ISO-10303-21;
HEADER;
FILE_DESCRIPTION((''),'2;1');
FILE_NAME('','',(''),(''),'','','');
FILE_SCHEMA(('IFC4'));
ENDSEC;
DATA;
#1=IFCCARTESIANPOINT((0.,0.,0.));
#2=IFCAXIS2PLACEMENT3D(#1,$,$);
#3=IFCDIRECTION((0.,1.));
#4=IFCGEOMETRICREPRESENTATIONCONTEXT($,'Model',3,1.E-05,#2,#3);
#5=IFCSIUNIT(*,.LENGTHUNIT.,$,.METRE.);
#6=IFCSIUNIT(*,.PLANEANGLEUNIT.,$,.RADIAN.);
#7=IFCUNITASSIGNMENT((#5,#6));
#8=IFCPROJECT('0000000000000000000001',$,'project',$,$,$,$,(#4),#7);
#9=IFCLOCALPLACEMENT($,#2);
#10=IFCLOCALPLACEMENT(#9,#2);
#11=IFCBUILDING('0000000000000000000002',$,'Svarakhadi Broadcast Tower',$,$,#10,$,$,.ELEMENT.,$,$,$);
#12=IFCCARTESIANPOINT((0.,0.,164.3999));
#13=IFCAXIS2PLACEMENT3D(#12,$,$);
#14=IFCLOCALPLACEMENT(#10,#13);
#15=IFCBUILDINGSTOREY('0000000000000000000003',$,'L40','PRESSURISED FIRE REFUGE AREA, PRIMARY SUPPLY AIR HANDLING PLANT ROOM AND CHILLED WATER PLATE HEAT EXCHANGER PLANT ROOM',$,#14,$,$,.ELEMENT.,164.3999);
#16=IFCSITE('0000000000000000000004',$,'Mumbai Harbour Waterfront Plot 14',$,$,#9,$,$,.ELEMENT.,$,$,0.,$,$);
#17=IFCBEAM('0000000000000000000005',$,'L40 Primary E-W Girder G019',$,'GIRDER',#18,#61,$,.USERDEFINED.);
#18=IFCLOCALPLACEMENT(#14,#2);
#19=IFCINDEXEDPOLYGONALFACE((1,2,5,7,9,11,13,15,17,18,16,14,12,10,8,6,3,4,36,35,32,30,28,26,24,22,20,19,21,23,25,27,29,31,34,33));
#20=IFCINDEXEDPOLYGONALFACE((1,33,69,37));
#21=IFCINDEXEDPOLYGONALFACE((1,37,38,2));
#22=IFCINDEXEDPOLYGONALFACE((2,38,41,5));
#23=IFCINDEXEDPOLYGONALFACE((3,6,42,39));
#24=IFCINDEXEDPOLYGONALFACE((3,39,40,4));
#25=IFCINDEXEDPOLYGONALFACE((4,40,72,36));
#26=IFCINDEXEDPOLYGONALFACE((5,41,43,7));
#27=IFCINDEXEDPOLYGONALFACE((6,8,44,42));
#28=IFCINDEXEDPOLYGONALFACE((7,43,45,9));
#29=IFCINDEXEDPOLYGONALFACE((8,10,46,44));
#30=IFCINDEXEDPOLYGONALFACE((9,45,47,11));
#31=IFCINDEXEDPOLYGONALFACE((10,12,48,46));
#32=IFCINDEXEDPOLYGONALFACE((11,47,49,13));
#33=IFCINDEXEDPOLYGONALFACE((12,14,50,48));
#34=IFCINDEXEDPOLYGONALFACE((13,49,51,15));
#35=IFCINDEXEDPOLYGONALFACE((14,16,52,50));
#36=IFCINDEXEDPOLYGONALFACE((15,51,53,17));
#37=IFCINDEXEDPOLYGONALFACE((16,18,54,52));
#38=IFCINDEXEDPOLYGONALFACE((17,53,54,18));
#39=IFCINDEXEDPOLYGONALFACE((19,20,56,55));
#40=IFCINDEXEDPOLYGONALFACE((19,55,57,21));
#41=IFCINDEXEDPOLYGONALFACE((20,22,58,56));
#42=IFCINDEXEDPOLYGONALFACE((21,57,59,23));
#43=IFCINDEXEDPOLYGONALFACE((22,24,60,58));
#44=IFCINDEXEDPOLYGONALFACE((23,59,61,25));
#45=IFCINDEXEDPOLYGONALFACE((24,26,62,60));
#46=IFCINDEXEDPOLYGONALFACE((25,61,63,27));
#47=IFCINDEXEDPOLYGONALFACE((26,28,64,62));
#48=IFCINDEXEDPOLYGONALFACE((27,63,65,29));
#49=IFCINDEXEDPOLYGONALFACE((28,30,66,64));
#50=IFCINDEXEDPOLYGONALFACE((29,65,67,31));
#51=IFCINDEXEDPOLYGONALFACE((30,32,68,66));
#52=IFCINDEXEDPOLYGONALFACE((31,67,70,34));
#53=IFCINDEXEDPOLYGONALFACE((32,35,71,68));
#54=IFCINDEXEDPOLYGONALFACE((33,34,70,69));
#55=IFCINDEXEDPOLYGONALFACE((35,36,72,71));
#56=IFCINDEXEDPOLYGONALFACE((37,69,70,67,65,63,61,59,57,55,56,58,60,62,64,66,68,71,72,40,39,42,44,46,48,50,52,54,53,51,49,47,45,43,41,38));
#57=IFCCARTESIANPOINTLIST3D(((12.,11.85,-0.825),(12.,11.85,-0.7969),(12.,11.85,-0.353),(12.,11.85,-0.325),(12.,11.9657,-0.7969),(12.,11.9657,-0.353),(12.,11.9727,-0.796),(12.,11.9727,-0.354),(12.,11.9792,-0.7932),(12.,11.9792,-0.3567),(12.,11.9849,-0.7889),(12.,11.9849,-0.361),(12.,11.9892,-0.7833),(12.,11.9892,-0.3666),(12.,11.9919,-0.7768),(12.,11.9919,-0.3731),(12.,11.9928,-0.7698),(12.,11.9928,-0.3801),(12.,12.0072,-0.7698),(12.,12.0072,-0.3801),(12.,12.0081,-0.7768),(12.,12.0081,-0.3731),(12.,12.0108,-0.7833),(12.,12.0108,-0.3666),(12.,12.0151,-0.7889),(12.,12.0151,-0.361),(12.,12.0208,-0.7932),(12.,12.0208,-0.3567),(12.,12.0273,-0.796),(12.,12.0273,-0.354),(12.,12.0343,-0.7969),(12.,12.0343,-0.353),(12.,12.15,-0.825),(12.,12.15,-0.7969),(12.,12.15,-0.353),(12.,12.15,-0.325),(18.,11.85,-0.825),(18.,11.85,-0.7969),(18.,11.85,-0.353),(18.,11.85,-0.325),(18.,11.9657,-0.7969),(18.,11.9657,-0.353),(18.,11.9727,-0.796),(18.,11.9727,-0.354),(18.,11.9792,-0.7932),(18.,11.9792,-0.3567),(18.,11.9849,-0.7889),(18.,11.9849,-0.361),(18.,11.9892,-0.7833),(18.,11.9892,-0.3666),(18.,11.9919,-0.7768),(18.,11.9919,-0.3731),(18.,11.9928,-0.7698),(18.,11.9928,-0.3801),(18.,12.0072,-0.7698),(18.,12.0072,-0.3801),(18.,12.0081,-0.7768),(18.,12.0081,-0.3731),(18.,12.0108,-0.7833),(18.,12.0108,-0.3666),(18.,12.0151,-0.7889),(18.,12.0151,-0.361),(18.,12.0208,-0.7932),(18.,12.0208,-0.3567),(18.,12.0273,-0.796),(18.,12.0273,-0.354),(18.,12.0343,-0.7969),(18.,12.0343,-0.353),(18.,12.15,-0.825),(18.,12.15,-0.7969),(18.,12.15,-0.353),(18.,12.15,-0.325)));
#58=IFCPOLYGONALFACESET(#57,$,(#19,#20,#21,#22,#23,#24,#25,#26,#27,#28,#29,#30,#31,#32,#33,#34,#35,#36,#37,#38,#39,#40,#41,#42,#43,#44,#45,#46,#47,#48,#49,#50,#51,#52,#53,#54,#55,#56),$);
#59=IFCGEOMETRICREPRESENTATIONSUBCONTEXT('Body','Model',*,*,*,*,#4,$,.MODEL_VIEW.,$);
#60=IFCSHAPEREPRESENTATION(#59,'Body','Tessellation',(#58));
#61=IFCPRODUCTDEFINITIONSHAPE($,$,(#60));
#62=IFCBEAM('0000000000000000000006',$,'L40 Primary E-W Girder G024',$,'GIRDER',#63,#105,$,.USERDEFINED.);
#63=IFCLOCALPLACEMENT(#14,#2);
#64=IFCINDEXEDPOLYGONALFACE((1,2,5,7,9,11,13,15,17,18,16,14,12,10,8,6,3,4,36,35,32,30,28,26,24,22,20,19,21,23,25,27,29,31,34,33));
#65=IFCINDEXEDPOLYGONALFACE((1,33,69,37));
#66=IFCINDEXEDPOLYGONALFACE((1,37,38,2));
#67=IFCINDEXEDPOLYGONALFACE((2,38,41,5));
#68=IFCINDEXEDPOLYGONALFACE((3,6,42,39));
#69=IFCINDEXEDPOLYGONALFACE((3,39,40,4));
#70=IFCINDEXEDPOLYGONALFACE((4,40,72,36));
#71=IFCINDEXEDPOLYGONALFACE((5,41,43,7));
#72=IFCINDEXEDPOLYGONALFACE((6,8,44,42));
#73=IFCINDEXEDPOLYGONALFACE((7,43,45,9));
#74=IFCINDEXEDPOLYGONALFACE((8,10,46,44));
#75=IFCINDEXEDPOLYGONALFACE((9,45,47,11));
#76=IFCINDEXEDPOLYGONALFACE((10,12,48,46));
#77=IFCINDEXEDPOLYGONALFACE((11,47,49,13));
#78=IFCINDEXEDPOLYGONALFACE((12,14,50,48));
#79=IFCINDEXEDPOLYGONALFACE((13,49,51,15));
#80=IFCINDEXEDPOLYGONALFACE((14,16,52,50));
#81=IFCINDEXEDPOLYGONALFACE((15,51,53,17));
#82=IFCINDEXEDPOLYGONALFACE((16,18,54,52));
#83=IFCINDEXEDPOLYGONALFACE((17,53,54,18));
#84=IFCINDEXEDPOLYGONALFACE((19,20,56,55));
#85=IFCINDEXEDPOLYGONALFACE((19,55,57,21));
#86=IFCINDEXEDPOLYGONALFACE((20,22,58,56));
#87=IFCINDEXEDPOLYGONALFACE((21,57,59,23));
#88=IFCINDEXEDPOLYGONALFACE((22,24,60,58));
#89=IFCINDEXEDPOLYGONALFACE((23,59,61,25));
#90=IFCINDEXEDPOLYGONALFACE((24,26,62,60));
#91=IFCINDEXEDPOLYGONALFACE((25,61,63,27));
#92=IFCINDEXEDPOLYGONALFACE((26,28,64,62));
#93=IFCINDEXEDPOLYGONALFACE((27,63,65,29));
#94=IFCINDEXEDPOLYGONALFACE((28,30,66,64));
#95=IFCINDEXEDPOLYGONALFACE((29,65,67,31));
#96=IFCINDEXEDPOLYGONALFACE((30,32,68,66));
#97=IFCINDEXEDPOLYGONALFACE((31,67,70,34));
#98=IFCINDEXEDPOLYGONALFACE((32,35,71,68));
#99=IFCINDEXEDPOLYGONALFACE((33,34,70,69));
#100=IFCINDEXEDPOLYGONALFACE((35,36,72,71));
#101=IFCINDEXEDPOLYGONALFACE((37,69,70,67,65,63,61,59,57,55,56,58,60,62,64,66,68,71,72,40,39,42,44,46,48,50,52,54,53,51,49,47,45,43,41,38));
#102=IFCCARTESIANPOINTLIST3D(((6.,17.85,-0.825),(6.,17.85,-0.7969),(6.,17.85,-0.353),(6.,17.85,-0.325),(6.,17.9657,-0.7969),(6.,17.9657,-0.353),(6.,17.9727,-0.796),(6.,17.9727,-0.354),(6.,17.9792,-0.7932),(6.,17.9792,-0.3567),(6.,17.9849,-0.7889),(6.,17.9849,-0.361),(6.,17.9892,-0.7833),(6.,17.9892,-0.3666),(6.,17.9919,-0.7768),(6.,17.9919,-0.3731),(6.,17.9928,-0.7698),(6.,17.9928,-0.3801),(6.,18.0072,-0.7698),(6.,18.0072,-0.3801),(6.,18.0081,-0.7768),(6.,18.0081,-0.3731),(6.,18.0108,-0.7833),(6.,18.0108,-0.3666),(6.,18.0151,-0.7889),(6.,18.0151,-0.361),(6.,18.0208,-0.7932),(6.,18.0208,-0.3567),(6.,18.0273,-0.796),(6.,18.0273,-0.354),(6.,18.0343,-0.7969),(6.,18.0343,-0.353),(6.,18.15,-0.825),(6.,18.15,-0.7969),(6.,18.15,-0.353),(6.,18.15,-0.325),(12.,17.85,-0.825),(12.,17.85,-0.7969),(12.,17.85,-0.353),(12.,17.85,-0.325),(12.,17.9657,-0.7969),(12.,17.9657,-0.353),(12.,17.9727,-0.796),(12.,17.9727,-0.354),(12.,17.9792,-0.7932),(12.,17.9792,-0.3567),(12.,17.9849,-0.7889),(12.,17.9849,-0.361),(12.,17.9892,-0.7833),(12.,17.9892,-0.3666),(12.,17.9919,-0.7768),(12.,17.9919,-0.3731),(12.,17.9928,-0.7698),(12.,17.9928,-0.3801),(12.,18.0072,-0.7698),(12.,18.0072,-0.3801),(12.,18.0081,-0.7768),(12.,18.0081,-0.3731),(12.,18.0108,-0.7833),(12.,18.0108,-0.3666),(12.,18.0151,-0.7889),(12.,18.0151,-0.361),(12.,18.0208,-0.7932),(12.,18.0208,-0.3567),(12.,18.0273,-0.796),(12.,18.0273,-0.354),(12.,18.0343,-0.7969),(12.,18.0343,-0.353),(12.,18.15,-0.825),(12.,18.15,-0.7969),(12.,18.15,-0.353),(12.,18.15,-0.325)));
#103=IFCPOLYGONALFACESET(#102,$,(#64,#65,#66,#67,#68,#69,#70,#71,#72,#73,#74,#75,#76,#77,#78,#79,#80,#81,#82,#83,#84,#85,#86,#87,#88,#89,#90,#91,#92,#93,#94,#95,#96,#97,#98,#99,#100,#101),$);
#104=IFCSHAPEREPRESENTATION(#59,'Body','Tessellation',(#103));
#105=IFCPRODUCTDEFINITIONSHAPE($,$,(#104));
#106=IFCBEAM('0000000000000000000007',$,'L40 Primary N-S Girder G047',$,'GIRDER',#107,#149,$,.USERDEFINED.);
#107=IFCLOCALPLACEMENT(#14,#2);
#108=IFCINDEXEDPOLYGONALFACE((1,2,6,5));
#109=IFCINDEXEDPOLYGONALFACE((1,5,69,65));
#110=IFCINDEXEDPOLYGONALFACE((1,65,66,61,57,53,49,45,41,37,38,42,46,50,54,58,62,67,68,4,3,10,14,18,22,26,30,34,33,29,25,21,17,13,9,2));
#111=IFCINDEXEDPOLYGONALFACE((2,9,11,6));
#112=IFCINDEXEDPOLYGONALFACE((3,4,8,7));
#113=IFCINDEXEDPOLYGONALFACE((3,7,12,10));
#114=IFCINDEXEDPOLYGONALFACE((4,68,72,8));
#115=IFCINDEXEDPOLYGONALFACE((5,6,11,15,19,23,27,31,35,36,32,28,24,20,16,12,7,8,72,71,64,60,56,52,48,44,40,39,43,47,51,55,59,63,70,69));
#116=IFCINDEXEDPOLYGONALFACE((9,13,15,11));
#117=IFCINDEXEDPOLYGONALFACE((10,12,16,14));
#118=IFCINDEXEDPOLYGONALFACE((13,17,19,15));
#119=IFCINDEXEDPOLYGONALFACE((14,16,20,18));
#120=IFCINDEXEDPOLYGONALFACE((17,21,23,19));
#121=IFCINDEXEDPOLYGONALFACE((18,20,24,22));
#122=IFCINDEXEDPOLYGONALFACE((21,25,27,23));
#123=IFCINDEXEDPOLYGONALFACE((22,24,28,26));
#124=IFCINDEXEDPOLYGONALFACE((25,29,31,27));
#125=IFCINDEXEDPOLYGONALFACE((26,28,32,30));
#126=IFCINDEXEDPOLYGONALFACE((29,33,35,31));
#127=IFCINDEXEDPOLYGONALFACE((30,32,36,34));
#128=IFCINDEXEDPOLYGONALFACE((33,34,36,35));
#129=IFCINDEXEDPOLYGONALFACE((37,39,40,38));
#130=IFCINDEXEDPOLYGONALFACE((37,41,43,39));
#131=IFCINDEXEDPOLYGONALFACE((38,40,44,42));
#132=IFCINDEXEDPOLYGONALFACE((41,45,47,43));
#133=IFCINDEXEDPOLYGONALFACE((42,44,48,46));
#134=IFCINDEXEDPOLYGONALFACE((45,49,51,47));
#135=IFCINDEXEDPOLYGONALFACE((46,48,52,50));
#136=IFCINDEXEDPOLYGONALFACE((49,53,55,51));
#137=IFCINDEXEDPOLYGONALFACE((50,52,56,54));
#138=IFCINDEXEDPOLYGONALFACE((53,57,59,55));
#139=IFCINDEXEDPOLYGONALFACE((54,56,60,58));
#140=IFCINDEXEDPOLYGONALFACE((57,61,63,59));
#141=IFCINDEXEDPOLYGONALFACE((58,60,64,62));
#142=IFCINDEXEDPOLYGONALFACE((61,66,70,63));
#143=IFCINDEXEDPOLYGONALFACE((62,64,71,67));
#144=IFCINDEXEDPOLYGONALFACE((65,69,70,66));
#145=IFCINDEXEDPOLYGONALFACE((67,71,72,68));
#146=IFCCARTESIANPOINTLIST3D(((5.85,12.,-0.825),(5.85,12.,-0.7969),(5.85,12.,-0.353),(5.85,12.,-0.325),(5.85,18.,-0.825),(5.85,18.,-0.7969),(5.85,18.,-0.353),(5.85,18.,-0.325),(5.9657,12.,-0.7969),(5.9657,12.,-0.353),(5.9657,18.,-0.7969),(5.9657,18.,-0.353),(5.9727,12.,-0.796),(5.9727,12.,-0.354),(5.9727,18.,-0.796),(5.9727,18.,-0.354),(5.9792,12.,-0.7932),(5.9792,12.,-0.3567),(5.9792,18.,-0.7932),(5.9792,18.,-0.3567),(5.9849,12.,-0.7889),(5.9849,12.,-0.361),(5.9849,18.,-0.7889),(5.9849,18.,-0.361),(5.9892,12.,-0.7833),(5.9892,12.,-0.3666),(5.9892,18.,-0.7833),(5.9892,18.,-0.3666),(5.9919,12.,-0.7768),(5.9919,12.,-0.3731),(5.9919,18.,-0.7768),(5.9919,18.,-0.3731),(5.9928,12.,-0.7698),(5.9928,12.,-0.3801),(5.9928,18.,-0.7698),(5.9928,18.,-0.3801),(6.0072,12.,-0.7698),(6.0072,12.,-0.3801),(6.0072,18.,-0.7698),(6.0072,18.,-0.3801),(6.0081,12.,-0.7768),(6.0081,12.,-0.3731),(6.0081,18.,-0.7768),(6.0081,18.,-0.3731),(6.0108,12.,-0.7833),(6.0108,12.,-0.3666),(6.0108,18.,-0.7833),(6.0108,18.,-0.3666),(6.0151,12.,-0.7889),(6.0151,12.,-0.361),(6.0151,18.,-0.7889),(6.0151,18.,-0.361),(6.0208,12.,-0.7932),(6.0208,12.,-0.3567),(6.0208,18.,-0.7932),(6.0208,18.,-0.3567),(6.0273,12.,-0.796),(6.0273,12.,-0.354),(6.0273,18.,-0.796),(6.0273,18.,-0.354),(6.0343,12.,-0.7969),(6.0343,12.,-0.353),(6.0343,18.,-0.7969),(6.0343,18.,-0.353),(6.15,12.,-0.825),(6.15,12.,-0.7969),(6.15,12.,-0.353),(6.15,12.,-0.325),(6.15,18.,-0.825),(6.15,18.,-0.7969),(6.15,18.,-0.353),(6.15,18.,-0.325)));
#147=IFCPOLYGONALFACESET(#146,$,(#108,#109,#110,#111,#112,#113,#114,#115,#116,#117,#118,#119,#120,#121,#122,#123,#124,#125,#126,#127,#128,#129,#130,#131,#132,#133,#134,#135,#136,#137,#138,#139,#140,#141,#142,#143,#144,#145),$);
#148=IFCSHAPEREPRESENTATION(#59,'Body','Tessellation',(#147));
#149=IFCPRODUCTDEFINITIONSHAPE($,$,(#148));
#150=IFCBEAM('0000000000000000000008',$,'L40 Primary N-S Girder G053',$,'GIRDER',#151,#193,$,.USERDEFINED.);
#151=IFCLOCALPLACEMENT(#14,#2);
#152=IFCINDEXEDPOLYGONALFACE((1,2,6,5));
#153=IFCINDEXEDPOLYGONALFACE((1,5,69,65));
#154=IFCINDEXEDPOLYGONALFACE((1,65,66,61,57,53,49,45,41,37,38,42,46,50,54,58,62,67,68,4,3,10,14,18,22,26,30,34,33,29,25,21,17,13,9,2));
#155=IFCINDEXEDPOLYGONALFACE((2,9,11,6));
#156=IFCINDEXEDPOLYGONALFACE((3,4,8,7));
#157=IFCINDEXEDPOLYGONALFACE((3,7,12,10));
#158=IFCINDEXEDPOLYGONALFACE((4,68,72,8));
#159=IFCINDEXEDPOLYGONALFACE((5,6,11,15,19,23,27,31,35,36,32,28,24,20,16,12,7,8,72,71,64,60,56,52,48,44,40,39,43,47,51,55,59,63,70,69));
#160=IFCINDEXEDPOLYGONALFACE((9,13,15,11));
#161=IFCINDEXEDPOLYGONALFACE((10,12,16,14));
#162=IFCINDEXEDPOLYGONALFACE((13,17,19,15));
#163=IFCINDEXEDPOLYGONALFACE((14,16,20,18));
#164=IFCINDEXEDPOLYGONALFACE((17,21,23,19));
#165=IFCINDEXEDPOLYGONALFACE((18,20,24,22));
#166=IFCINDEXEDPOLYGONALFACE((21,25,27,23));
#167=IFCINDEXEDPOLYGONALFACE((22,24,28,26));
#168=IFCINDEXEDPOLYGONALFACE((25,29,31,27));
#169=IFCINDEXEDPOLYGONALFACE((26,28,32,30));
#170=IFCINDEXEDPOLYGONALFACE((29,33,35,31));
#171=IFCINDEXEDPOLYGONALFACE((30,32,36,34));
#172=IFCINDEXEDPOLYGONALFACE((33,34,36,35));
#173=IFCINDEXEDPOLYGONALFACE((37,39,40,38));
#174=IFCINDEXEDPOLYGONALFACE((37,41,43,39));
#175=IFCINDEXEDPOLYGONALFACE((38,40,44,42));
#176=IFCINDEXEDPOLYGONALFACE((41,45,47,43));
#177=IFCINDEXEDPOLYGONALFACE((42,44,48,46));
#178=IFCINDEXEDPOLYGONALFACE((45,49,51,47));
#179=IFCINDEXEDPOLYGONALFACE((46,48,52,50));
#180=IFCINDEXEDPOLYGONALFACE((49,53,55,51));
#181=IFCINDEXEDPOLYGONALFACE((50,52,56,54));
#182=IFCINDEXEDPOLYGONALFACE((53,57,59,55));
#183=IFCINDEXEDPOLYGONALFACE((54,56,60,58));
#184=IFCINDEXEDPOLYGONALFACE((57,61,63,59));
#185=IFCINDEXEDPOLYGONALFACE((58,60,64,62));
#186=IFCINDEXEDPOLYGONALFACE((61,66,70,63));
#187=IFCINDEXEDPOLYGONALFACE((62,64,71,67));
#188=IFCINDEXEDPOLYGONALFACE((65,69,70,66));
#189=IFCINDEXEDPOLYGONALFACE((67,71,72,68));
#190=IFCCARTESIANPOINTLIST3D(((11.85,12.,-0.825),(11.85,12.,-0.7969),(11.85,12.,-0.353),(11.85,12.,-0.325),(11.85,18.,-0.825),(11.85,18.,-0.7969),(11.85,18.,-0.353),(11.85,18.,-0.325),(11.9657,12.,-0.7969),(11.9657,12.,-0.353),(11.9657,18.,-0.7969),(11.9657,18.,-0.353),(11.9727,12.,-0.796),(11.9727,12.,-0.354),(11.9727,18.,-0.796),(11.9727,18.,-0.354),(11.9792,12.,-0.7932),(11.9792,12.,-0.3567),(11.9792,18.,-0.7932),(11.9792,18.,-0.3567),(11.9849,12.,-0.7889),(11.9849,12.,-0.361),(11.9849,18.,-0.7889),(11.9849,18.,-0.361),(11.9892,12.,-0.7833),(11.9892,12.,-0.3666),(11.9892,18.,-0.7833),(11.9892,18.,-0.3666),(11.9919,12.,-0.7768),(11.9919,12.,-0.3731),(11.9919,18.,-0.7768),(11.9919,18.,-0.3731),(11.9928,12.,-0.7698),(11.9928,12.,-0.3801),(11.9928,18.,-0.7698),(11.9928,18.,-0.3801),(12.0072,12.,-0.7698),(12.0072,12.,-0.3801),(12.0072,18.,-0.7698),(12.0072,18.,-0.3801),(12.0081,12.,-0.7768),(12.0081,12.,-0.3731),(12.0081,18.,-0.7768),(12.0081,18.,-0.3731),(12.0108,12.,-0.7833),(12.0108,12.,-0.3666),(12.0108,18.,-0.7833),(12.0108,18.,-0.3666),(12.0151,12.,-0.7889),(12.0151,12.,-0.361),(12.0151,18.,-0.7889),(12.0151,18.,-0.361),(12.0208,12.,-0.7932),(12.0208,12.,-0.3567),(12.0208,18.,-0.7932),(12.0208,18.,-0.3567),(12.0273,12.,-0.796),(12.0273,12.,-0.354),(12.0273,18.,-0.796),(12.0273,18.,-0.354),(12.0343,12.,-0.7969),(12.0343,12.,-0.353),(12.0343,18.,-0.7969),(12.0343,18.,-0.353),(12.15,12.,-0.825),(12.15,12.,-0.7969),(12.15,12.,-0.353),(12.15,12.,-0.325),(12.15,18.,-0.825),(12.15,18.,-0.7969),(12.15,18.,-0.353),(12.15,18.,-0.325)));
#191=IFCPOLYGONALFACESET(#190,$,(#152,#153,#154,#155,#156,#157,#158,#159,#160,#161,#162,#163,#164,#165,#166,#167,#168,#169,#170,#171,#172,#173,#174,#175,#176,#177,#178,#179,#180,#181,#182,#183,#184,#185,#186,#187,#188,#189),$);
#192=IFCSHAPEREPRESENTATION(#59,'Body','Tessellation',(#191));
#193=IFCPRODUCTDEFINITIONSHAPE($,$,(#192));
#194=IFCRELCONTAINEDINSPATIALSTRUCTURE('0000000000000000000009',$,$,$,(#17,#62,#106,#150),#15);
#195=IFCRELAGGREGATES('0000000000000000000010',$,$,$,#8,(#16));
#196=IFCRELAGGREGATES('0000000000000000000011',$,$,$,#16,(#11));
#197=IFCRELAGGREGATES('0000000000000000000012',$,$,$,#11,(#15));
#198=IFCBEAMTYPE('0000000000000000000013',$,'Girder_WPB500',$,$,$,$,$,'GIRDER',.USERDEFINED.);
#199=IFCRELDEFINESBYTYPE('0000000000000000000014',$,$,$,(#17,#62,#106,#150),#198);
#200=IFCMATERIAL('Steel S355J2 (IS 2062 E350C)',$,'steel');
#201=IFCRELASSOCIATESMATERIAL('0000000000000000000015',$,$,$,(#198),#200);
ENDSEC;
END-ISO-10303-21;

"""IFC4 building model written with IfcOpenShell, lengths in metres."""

from ifc_helpers import new_model, si_unit, direction, frame, origin, origin_2d, place, context, subcontext, project, spatial, i_section, extrude, material, material_profile, profile_set, type_object, element, save


model = new_model("IFC4")

# Units and contexts
model_context = context("Model", 3, precision=1e-05, world=origin(), true_north=direction((0.0, 1.0)))
body_context = subcontext(model_context, "Body", "Model", "MODEL_VIEW")
ifc_project = project(units=[si_unit("LENGTHUNIT", "METRE"), si_unit("PLANEANGLEUNIT", "RADIAN")], contexts=[model_context])

# Site, building, storey
site_placement = place(None, origin())
site = spatial("IfcSite", under=ifc_project, at=site_placement, Name="Mumbai Harbour Waterfront Plot 14", CompositionType="ELEMENT", RefElevation=0.0)
building_placement = place(site_placement, origin())
building = spatial("IfcBuilding", under=site, at=building_placement, Name="Svarakhadi Broadcast Tower", CompositionType="ELEMENT")
storey_placement = place(building_placement, frame((0.0, 0.0, 164.3999)))
storey = spatial("IfcBuildingStorey", under=building, at=storey_placement, Name="L40", Description="PRESSURISED FIRE REFUGE AREA, PRIMARY SUPPLY AIR HANDLING PLANT ROOM AND CHILLED WATER PLATE HEAT EXCHANGER PLANT ROOM", CompositionType="ELEMENT", Elevation=164.3999)

# Beams
ifc_material_1 = material(Name="Steel S355J2 (IS 2062 E350C)", Category="steel")
ifc_material_profile_1 = material_profile(ifc_material_1, i_section(OverallWidth=0.3, OverallDepth=0.5, WebThickness=0.0144, FlangeThickness=0.0281, FilletRadius=0.0271, at=origin_2d()), Name="WPB 500x300x187")
ifc_profile_set_1 = profile_set([ifc_material_profile_1], Name="Steel S355J2 (IS 2062 E350C)")
beam_type_1 = type_object("IfcBeamType", Name="Girder_WPB500", ElementType="GIRDER", PredefinedType="USERDEFINED", material=ifc_profile_set_1)
for number, where, z_axis, x_axis, name in (
    (1, (12.0, 12.0, -0.575), (1.0, 0.0, 0.0), (0.0, 1.0, 0.0), "L40 Primary E-W Girder G019"),
    (2, (6.0, 18.0, -0.575), (1.0, 0.0, 0.0), (0.0, 1.0, 0.0), "L40 Primary E-W Girder G024"),
    (3, (6.0, 12.0, -0.575), (0.0, 1.0, 0.0), (-1.0, 0.0, 0.0), "L40 Primary N-S Girder G047"),
    (4, (12.0, 12.0, -0.575), (0.0, 1.0, 0.0), (-1.0, 0.0, 0.0), "L40 Primary N-S Girder G053"),
):
    element("IfcBeam", number, at=place(storey_placement, frame(where, z_axis=z_axis, x_axis=x_axis)), inside=storey, type_object=beam_type_1, Name=name, ObjectType="GIRDER", PredefinedType="USERDEFINED", context=body_context, shape_type="SweptSolid", body=[
        extrude(i_section(OverallWidth=0.3, OverallDepth=0.5, WebThickness=0.0144, FlangeThickness=0.0281, FilletRadius=0.0271, at=origin_2d()), origin(), (0.0, 0.0, 1.0), 6.0),
    ])

save(model, "model.ifc")
